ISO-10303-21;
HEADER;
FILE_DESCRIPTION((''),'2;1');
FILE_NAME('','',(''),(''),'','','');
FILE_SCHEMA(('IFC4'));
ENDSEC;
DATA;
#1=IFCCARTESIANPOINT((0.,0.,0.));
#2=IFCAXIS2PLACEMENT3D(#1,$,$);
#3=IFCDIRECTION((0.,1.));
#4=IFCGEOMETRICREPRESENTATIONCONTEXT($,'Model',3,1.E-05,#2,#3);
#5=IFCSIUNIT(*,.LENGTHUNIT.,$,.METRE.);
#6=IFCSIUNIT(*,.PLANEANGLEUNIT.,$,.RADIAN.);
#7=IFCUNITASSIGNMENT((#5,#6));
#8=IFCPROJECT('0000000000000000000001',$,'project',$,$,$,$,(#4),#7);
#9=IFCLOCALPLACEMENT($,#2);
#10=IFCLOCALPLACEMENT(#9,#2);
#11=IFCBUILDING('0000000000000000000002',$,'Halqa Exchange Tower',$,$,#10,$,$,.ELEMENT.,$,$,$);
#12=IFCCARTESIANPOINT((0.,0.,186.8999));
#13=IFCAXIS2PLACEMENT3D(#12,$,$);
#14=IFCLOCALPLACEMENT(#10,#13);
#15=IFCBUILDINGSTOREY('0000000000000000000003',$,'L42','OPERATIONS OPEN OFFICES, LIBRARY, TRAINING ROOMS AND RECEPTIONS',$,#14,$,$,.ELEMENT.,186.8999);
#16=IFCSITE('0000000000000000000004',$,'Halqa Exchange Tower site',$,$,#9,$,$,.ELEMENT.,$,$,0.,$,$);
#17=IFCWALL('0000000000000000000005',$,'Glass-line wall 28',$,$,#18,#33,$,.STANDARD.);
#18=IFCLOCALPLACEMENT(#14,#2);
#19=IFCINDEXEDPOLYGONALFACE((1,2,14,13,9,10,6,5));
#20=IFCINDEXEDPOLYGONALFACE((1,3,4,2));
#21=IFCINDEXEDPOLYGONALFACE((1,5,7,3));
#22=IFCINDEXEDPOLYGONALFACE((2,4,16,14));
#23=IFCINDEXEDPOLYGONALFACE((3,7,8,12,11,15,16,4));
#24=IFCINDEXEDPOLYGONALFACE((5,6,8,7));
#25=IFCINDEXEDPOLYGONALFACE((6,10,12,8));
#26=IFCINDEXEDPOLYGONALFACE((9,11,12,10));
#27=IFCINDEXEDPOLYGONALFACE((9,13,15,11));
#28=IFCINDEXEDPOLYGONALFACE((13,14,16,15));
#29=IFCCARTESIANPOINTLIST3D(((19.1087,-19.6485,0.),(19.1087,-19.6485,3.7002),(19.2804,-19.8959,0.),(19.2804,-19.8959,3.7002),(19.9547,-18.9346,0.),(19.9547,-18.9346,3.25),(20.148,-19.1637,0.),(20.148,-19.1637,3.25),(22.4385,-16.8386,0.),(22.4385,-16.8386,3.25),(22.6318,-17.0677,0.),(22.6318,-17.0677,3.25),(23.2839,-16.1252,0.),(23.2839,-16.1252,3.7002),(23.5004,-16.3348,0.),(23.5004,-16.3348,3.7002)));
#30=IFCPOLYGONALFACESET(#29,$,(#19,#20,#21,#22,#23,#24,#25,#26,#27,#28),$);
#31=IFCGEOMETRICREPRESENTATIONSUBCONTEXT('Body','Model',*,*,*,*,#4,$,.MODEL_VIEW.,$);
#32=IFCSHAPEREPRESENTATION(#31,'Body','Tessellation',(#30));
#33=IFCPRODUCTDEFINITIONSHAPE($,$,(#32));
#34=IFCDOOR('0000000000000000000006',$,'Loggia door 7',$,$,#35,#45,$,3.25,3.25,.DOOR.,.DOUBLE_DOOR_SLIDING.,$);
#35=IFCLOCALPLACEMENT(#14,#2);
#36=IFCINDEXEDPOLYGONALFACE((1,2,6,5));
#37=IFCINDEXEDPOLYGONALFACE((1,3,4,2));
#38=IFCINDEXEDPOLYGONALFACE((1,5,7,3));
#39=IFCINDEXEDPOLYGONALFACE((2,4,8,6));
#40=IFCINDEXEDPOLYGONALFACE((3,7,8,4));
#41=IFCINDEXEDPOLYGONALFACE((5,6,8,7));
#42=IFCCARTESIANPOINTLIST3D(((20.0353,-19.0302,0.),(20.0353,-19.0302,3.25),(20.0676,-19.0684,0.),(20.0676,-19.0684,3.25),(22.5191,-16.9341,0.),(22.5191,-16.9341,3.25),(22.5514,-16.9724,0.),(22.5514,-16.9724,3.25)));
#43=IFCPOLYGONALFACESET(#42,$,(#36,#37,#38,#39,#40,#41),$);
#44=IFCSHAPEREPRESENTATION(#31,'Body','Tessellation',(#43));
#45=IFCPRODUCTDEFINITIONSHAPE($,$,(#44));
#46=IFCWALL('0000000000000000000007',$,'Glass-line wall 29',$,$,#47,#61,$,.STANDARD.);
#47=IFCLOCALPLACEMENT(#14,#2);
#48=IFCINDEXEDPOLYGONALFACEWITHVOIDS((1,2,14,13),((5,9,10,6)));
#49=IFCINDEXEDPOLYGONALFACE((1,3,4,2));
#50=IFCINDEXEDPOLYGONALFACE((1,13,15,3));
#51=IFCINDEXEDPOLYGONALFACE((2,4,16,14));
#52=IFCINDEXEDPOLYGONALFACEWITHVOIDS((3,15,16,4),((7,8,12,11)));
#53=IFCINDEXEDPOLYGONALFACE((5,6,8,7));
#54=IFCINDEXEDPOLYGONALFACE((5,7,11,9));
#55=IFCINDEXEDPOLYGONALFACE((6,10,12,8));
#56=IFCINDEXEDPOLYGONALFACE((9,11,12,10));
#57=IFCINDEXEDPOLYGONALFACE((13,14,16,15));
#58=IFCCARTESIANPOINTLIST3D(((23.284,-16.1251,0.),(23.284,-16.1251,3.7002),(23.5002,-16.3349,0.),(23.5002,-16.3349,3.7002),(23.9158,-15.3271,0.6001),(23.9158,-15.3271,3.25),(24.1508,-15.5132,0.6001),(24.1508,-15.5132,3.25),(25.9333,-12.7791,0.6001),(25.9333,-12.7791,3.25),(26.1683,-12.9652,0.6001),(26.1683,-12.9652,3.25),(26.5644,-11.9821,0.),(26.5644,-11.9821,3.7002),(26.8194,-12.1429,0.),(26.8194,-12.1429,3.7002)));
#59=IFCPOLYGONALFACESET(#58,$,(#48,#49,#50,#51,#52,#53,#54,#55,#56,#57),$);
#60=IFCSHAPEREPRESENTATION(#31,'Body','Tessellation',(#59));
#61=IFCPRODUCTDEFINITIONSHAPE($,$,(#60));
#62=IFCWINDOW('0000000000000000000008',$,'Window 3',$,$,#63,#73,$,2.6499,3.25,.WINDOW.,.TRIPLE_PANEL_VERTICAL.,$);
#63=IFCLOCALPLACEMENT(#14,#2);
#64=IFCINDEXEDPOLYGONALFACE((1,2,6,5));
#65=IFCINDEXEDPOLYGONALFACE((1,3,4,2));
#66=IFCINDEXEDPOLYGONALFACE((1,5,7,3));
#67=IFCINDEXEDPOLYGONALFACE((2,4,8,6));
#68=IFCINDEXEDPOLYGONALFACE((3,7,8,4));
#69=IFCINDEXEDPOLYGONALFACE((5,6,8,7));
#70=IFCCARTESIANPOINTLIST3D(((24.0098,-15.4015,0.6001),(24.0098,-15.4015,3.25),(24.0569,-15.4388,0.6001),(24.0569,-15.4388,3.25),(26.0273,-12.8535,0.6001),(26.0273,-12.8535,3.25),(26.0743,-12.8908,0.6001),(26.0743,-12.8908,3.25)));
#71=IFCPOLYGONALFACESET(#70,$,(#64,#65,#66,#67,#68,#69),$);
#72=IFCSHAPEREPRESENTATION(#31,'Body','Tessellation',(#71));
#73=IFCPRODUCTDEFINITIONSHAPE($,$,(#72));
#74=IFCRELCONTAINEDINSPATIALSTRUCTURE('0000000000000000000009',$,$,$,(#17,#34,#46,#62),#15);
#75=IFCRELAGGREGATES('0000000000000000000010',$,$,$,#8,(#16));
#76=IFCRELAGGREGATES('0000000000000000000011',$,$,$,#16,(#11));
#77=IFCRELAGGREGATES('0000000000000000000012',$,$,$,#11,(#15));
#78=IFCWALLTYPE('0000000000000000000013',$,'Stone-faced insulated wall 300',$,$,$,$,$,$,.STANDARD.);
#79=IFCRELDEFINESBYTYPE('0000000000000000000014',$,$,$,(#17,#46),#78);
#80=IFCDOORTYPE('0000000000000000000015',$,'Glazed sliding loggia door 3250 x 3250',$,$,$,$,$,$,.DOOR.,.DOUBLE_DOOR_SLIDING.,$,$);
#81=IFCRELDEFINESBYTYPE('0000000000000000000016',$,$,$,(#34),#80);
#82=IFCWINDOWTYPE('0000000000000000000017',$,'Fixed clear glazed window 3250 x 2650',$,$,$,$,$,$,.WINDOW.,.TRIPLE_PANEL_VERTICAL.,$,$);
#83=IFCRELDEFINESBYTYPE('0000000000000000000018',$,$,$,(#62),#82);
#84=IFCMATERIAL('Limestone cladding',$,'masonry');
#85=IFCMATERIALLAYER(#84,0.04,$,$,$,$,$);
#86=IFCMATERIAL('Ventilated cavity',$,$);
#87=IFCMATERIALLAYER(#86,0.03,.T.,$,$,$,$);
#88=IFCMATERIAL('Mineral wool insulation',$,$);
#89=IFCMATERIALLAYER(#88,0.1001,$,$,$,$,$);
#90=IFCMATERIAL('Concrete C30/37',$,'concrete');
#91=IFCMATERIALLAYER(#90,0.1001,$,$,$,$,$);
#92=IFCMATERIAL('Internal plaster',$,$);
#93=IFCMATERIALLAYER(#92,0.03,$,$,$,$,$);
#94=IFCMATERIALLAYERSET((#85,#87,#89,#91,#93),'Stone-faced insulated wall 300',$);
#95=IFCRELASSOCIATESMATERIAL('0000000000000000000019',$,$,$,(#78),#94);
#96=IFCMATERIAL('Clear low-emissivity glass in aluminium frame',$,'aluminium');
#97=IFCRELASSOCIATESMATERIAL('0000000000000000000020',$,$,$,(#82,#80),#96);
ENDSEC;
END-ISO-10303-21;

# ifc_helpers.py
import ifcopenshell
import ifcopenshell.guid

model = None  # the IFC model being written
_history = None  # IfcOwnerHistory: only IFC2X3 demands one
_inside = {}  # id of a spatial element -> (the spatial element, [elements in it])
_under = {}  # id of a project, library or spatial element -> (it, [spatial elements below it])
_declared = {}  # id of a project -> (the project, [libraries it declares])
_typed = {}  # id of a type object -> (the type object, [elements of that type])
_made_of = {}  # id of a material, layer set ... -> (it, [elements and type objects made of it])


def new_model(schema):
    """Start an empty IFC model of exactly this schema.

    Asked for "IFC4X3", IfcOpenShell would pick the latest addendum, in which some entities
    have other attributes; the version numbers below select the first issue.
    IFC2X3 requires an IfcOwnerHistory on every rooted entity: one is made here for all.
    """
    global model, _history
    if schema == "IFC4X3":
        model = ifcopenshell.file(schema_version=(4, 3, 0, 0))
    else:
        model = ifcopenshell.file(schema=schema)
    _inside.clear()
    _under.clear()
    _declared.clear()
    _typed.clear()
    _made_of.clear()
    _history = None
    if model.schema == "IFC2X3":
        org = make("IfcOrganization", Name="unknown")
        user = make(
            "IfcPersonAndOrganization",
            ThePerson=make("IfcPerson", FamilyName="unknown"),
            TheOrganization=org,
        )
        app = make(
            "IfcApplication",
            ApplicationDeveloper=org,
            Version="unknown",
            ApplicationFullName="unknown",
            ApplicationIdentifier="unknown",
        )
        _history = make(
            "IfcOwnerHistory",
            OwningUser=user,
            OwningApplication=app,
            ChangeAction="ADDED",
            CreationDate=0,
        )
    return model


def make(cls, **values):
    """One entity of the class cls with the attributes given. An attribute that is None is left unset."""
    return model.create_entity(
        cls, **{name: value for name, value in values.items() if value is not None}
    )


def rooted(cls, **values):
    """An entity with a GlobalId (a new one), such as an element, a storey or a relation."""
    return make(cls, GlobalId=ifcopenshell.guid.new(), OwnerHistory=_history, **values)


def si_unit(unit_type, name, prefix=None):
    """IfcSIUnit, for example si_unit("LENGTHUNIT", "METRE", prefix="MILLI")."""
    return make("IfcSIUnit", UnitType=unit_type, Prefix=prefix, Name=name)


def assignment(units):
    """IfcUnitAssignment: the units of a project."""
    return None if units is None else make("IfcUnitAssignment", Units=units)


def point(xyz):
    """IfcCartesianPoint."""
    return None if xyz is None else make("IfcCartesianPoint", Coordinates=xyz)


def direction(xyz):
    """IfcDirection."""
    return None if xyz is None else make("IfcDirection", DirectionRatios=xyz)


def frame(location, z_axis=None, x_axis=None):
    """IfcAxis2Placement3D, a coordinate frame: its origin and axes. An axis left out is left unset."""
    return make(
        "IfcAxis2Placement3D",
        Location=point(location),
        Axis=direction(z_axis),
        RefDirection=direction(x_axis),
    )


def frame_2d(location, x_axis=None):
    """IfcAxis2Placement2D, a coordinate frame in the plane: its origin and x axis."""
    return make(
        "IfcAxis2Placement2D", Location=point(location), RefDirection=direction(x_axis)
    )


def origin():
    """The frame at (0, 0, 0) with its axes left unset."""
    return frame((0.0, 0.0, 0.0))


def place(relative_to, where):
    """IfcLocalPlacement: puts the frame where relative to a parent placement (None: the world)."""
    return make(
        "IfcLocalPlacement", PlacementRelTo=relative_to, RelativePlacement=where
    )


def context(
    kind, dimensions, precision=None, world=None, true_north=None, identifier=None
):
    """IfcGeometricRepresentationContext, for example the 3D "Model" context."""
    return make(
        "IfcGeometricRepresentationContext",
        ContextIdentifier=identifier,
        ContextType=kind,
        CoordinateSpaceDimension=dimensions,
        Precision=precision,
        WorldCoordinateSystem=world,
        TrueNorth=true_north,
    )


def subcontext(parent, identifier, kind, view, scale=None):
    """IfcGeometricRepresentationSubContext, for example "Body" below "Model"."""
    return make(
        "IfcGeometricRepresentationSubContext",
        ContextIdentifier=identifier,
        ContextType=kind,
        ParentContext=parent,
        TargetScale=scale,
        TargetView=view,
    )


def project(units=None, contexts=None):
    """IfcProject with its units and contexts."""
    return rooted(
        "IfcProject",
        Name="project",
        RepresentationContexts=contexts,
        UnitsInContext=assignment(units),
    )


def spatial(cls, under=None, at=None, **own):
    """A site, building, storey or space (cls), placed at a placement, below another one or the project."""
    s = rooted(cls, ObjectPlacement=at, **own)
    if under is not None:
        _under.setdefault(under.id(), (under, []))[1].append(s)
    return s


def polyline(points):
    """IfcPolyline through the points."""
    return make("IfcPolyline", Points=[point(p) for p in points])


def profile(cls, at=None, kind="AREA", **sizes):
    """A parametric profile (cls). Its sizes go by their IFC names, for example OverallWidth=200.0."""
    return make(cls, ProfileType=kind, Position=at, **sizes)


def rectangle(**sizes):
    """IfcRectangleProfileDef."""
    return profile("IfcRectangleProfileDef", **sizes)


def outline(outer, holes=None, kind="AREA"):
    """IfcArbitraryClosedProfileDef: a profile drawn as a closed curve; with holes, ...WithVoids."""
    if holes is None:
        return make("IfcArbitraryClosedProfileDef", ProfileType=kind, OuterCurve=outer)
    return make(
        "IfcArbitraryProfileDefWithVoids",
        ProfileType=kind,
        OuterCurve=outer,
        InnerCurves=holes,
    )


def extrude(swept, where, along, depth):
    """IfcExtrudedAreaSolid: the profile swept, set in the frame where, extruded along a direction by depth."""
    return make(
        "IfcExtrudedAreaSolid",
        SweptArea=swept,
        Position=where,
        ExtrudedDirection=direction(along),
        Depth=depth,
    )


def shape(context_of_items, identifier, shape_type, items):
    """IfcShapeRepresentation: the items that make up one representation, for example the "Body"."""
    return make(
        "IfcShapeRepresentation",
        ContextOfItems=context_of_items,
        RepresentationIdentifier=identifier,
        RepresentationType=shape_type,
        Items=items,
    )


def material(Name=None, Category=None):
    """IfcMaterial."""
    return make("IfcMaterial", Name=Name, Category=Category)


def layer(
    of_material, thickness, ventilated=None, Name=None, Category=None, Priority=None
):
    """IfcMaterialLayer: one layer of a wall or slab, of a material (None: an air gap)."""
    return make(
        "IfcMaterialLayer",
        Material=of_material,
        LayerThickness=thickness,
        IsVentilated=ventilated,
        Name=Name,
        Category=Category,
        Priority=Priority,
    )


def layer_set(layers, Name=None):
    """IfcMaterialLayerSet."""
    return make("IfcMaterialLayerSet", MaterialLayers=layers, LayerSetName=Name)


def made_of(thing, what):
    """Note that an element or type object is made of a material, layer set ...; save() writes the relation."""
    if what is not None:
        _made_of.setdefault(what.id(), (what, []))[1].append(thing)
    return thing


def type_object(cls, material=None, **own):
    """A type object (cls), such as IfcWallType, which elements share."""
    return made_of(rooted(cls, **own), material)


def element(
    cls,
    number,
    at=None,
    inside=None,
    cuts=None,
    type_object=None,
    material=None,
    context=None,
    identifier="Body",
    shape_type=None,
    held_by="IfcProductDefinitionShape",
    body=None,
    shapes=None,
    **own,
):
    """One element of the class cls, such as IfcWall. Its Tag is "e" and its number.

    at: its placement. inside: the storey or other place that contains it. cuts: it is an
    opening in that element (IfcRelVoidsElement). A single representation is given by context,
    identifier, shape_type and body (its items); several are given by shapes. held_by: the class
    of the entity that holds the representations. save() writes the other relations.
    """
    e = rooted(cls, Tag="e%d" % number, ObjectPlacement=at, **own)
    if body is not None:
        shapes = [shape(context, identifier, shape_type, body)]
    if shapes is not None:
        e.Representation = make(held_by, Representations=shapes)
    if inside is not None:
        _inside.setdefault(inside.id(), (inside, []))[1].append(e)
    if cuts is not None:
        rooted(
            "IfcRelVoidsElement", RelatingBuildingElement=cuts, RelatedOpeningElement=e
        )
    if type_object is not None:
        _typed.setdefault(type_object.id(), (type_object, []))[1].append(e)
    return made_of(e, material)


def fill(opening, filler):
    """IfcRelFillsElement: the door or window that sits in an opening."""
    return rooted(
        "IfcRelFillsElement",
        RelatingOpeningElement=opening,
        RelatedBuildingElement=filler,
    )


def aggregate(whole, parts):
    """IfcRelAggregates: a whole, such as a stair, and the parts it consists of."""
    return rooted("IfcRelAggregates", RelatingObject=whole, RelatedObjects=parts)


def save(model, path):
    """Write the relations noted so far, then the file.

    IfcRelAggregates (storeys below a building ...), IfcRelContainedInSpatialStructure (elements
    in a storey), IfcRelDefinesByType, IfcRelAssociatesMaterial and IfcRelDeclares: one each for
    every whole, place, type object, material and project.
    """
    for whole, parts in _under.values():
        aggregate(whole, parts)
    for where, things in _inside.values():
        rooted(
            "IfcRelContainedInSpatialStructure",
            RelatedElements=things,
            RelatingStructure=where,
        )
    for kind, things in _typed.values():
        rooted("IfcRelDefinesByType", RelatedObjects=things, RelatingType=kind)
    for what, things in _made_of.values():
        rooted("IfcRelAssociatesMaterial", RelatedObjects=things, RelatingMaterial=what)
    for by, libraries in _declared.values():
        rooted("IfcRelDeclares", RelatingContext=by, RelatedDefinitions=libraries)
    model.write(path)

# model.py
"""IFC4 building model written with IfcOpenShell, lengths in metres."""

from ifc_helpers import new_model, si_unit, direction, frame, frame_2d, origin, place, context, subcontext, project, spatial, polyline, rectangle, outline, extrude, material, layer, layer_set, type_object, element, fill, save


model = new_model("IFC4")

# Units and contexts
model_context = context("Model", 3, precision=1e-05, world=origin(), true_north=direction((0.0, 1.0)))
body_context = subcontext(model_context, "Body", "Model", "MODEL_VIEW")
ifc_project = project(units=[si_unit("LENGTHUNIT", "METRE"), si_unit("PLANEANGLEUNIT", "RADIAN")], contexts=[model_context])

# Site, building, storey
site_placement = place(None, origin())
site = spatial("IfcSite", under=ifc_project, at=site_placement, Name="Halqa Exchange Tower site", CompositionType="ELEMENT", RefElevation=0.0)
building_placement = place(site_placement, origin())
building = spatial("IfcBuilding", under=site, at=building_placement, Name="Halqa Exchange Tower", CompositionType="ELEMENT")
storey_placement = place(building_placement, frame((0.0, 0.0, 186.8999)))
storey = spatial("IfcBuildingStorey", under=building, at=storey_placement, Name="L42", Description="OPERATIONS OPEN OFFICES, LIBRARY, TRAINING ROOMS AND RECEPTIONS", CompositionType="ELEMENT", Elevation=186.8999)

# Shared definitions
ifc_material_1 = material(Name="Limestone cladding", Category="masonry")
ifc_layer_1 = layer(ifc_material_1, 0.04)
ifc_material_2 = material(Name="Ventilated cavity")
ifc_layer_2 = layer(ifc_material_2, 0.03, ventilated=True)
ifc_material_3 = material(Name="Mineral wool insulation")
ifc_layer_3 = layer(ifc_material_3, 0.1001)
ifc_material_4 = material(Name="Concrete C30/37", Category="concrete")
ifc_layer_4 = layer(ifc_material_4, 0.1001)
ifc_material_5 = material(Name="Internal plaster")
ifc_layer_5 = layer(ifc_material_5, 0.03)
ifc_layer_set_1 = layer_set([ifc_layer_1, ifc_layer_2, ifc_layer_3, ifc_layer_4, ifc_layer_5], Name="Stone-faced insulated wall 300")
wall_type_1 = type_object("IfcWallType", Name="Stone-faced insulated wall 300", PredefinedType="STANDARD", material=ifc_layer_set_1)
ifc_material_6 = material(Name="Clear low-emissivity glass in aluminium frame", Category="aluminium")
window_type = type_object("IfcWindowType", Name="Fixed clear glazed window 3250 x 2650", PartitioningType="TRIPLE_PANEL_VERTICAL", PredefinedType="WINDOW", material=ifc_material_6)

# Wall, opening, door
wall_1_placement = place(storey_placement, frame((19.1946, -19.7722, 0.0), z_axis=(0.0, 0.0, 1.0), x_axis=(0.764239, 0.644933, 0.0)))
wall_1 = element("IfcWall", 1, at=wall_1_placement, inside=storey, type_object=wall_type_1, Name="Glass-line wall 28", PredefinedType="STANDARD", context=body_context, shape_type="SweptSolid", body=[
    extrude(outline(polyline([(-0.0142, -0.1499), (5.5076, -0.1499), (5.4773, 0.1499), (0.0142, 0.1499), (-0.0142, -0.1499)])), origin(), (0.0, 0.0, 1.0), 3.7002),
])
opening_1_placement = place(wall_1_placement, frame((1.1211, 0.0, 0.0)))
opening_1 = element("IfcOpeningElement", 2, at=opening_1_placement, cuts=wall_1, PredefinedType="OPENING", context=body_context, shape_type="SweptSolid", body=[
    extrude(rectangle(XDim=3.25, YDim=3.25, at=frame_2d((1.625, 1.625))), frame((0.0, 0.1621, 0.0), z_axis=(0.0, -1.0, 0.0), x_axis=(1.0, 0.0, 0.0)), (0.0, 0.0, 1.0), 0.324),
])
door_type_1 = type_object("IfcDoorType", Name="Glazed sliding loggia door 3250 x 3250", OperationType="DOUBLE_DOOR_SLIDING", PredefinedType="DOOR", material=ifc_material_6)
door_1_placement = place(opening_1_placement, origin())
door_1 = element("IfcDoor", 3, at=door_1_placement, inside=storey, type_object=door_type_1, Name="Loggia door 7", OperationType="DOUBLE_DOOR_SLIDING", OverallHeight=3.25, OverallWidth=3.25, PredefinedType="DOOR", context=body_context, shape_type="SweptSolid", body=[
    extrude(rectangle(XDim=3.25, YDim=3.25, at=frame_2d((1.625, 1.625))), frame((0.0, 0.0249, 0.0), z_axis=(0.0, -1.0, 0.0), x_axis=(1.0, 0.0, 0.0)), (0.0, 0.0, 1.0), 0.05),
])
fill(opening_1, door_1)

# Wall, opening, window
wall_2_placement = place(storey_placement, frame((23.3921, -16.23, 0.0), z_axis=(0.0, 0.0, 1.0), x_axis=(0.620766, 0.783996, 0.0)))
wall_2 = element("IfcWall", 4, at=wall_2_placement, inside=storey, type_object=wall_type_1, Name="Glass-line wall 29", PredefinedType="STANDARD", context=body_context, shape_type="SweptSolid", body=[
    extrude(outline(polyline([(-0.0151, -0.1499), (5.3318, -0.1499), (5.2996, 0.1499), (0.0151, 0.1499), (-0.0151, -0.1499)])), origin(), (0.0, 0.0, 1.0), 3.7002),
])
opening_2_placement = place(wall_2_placement, frame((1.033, 0.0, 0.6001)))
opening_2 = element("IfcOpeningElement", 5, at=opening_2_placement, cuts=wall_2, PredefinedType="OPENING", context=body_context, shape_type="SweptSolid", body=[
    extrude(rectangle(XDim=3.25, YDim=2.6499, at=frame_2d((1.625, 1.325))), frame((0.0, 0.1621, 0.0), z_axis=(0.0, -1.0, 0.0), x_axis=(1.0, 0.0, 0.0)), (0.0, 0.0, 1.0), 0.324),
])
window_1_placement = place(opening_2_placement, origin())
window_1 = element("IfcWindow", 6, at=window_1_placement, inside=storey, type_object=window_type, Name="Window 3", OverallHeight=2.6499, OverallWidth=3.25, PartitioningType="TRIPLE_PANEL_VERTICAL", PredefinedType="WINDOW", context=body_context, shape_type="SweptSolid", body=[
    extrude(rectangle(XDim=3.25, YDim=2.6499, at=frame_2d((1.625, 1.325))), frame((0.0, 0.03, 0.0), z_axis=(0.0, -1.0, 0.0), x_axis=(1.0, 0.0, 0.0)), (0.0, 0.0, 1.0), 0.0601),
])
fill(opening_2, window_1)

save(model, "model.ifc")
